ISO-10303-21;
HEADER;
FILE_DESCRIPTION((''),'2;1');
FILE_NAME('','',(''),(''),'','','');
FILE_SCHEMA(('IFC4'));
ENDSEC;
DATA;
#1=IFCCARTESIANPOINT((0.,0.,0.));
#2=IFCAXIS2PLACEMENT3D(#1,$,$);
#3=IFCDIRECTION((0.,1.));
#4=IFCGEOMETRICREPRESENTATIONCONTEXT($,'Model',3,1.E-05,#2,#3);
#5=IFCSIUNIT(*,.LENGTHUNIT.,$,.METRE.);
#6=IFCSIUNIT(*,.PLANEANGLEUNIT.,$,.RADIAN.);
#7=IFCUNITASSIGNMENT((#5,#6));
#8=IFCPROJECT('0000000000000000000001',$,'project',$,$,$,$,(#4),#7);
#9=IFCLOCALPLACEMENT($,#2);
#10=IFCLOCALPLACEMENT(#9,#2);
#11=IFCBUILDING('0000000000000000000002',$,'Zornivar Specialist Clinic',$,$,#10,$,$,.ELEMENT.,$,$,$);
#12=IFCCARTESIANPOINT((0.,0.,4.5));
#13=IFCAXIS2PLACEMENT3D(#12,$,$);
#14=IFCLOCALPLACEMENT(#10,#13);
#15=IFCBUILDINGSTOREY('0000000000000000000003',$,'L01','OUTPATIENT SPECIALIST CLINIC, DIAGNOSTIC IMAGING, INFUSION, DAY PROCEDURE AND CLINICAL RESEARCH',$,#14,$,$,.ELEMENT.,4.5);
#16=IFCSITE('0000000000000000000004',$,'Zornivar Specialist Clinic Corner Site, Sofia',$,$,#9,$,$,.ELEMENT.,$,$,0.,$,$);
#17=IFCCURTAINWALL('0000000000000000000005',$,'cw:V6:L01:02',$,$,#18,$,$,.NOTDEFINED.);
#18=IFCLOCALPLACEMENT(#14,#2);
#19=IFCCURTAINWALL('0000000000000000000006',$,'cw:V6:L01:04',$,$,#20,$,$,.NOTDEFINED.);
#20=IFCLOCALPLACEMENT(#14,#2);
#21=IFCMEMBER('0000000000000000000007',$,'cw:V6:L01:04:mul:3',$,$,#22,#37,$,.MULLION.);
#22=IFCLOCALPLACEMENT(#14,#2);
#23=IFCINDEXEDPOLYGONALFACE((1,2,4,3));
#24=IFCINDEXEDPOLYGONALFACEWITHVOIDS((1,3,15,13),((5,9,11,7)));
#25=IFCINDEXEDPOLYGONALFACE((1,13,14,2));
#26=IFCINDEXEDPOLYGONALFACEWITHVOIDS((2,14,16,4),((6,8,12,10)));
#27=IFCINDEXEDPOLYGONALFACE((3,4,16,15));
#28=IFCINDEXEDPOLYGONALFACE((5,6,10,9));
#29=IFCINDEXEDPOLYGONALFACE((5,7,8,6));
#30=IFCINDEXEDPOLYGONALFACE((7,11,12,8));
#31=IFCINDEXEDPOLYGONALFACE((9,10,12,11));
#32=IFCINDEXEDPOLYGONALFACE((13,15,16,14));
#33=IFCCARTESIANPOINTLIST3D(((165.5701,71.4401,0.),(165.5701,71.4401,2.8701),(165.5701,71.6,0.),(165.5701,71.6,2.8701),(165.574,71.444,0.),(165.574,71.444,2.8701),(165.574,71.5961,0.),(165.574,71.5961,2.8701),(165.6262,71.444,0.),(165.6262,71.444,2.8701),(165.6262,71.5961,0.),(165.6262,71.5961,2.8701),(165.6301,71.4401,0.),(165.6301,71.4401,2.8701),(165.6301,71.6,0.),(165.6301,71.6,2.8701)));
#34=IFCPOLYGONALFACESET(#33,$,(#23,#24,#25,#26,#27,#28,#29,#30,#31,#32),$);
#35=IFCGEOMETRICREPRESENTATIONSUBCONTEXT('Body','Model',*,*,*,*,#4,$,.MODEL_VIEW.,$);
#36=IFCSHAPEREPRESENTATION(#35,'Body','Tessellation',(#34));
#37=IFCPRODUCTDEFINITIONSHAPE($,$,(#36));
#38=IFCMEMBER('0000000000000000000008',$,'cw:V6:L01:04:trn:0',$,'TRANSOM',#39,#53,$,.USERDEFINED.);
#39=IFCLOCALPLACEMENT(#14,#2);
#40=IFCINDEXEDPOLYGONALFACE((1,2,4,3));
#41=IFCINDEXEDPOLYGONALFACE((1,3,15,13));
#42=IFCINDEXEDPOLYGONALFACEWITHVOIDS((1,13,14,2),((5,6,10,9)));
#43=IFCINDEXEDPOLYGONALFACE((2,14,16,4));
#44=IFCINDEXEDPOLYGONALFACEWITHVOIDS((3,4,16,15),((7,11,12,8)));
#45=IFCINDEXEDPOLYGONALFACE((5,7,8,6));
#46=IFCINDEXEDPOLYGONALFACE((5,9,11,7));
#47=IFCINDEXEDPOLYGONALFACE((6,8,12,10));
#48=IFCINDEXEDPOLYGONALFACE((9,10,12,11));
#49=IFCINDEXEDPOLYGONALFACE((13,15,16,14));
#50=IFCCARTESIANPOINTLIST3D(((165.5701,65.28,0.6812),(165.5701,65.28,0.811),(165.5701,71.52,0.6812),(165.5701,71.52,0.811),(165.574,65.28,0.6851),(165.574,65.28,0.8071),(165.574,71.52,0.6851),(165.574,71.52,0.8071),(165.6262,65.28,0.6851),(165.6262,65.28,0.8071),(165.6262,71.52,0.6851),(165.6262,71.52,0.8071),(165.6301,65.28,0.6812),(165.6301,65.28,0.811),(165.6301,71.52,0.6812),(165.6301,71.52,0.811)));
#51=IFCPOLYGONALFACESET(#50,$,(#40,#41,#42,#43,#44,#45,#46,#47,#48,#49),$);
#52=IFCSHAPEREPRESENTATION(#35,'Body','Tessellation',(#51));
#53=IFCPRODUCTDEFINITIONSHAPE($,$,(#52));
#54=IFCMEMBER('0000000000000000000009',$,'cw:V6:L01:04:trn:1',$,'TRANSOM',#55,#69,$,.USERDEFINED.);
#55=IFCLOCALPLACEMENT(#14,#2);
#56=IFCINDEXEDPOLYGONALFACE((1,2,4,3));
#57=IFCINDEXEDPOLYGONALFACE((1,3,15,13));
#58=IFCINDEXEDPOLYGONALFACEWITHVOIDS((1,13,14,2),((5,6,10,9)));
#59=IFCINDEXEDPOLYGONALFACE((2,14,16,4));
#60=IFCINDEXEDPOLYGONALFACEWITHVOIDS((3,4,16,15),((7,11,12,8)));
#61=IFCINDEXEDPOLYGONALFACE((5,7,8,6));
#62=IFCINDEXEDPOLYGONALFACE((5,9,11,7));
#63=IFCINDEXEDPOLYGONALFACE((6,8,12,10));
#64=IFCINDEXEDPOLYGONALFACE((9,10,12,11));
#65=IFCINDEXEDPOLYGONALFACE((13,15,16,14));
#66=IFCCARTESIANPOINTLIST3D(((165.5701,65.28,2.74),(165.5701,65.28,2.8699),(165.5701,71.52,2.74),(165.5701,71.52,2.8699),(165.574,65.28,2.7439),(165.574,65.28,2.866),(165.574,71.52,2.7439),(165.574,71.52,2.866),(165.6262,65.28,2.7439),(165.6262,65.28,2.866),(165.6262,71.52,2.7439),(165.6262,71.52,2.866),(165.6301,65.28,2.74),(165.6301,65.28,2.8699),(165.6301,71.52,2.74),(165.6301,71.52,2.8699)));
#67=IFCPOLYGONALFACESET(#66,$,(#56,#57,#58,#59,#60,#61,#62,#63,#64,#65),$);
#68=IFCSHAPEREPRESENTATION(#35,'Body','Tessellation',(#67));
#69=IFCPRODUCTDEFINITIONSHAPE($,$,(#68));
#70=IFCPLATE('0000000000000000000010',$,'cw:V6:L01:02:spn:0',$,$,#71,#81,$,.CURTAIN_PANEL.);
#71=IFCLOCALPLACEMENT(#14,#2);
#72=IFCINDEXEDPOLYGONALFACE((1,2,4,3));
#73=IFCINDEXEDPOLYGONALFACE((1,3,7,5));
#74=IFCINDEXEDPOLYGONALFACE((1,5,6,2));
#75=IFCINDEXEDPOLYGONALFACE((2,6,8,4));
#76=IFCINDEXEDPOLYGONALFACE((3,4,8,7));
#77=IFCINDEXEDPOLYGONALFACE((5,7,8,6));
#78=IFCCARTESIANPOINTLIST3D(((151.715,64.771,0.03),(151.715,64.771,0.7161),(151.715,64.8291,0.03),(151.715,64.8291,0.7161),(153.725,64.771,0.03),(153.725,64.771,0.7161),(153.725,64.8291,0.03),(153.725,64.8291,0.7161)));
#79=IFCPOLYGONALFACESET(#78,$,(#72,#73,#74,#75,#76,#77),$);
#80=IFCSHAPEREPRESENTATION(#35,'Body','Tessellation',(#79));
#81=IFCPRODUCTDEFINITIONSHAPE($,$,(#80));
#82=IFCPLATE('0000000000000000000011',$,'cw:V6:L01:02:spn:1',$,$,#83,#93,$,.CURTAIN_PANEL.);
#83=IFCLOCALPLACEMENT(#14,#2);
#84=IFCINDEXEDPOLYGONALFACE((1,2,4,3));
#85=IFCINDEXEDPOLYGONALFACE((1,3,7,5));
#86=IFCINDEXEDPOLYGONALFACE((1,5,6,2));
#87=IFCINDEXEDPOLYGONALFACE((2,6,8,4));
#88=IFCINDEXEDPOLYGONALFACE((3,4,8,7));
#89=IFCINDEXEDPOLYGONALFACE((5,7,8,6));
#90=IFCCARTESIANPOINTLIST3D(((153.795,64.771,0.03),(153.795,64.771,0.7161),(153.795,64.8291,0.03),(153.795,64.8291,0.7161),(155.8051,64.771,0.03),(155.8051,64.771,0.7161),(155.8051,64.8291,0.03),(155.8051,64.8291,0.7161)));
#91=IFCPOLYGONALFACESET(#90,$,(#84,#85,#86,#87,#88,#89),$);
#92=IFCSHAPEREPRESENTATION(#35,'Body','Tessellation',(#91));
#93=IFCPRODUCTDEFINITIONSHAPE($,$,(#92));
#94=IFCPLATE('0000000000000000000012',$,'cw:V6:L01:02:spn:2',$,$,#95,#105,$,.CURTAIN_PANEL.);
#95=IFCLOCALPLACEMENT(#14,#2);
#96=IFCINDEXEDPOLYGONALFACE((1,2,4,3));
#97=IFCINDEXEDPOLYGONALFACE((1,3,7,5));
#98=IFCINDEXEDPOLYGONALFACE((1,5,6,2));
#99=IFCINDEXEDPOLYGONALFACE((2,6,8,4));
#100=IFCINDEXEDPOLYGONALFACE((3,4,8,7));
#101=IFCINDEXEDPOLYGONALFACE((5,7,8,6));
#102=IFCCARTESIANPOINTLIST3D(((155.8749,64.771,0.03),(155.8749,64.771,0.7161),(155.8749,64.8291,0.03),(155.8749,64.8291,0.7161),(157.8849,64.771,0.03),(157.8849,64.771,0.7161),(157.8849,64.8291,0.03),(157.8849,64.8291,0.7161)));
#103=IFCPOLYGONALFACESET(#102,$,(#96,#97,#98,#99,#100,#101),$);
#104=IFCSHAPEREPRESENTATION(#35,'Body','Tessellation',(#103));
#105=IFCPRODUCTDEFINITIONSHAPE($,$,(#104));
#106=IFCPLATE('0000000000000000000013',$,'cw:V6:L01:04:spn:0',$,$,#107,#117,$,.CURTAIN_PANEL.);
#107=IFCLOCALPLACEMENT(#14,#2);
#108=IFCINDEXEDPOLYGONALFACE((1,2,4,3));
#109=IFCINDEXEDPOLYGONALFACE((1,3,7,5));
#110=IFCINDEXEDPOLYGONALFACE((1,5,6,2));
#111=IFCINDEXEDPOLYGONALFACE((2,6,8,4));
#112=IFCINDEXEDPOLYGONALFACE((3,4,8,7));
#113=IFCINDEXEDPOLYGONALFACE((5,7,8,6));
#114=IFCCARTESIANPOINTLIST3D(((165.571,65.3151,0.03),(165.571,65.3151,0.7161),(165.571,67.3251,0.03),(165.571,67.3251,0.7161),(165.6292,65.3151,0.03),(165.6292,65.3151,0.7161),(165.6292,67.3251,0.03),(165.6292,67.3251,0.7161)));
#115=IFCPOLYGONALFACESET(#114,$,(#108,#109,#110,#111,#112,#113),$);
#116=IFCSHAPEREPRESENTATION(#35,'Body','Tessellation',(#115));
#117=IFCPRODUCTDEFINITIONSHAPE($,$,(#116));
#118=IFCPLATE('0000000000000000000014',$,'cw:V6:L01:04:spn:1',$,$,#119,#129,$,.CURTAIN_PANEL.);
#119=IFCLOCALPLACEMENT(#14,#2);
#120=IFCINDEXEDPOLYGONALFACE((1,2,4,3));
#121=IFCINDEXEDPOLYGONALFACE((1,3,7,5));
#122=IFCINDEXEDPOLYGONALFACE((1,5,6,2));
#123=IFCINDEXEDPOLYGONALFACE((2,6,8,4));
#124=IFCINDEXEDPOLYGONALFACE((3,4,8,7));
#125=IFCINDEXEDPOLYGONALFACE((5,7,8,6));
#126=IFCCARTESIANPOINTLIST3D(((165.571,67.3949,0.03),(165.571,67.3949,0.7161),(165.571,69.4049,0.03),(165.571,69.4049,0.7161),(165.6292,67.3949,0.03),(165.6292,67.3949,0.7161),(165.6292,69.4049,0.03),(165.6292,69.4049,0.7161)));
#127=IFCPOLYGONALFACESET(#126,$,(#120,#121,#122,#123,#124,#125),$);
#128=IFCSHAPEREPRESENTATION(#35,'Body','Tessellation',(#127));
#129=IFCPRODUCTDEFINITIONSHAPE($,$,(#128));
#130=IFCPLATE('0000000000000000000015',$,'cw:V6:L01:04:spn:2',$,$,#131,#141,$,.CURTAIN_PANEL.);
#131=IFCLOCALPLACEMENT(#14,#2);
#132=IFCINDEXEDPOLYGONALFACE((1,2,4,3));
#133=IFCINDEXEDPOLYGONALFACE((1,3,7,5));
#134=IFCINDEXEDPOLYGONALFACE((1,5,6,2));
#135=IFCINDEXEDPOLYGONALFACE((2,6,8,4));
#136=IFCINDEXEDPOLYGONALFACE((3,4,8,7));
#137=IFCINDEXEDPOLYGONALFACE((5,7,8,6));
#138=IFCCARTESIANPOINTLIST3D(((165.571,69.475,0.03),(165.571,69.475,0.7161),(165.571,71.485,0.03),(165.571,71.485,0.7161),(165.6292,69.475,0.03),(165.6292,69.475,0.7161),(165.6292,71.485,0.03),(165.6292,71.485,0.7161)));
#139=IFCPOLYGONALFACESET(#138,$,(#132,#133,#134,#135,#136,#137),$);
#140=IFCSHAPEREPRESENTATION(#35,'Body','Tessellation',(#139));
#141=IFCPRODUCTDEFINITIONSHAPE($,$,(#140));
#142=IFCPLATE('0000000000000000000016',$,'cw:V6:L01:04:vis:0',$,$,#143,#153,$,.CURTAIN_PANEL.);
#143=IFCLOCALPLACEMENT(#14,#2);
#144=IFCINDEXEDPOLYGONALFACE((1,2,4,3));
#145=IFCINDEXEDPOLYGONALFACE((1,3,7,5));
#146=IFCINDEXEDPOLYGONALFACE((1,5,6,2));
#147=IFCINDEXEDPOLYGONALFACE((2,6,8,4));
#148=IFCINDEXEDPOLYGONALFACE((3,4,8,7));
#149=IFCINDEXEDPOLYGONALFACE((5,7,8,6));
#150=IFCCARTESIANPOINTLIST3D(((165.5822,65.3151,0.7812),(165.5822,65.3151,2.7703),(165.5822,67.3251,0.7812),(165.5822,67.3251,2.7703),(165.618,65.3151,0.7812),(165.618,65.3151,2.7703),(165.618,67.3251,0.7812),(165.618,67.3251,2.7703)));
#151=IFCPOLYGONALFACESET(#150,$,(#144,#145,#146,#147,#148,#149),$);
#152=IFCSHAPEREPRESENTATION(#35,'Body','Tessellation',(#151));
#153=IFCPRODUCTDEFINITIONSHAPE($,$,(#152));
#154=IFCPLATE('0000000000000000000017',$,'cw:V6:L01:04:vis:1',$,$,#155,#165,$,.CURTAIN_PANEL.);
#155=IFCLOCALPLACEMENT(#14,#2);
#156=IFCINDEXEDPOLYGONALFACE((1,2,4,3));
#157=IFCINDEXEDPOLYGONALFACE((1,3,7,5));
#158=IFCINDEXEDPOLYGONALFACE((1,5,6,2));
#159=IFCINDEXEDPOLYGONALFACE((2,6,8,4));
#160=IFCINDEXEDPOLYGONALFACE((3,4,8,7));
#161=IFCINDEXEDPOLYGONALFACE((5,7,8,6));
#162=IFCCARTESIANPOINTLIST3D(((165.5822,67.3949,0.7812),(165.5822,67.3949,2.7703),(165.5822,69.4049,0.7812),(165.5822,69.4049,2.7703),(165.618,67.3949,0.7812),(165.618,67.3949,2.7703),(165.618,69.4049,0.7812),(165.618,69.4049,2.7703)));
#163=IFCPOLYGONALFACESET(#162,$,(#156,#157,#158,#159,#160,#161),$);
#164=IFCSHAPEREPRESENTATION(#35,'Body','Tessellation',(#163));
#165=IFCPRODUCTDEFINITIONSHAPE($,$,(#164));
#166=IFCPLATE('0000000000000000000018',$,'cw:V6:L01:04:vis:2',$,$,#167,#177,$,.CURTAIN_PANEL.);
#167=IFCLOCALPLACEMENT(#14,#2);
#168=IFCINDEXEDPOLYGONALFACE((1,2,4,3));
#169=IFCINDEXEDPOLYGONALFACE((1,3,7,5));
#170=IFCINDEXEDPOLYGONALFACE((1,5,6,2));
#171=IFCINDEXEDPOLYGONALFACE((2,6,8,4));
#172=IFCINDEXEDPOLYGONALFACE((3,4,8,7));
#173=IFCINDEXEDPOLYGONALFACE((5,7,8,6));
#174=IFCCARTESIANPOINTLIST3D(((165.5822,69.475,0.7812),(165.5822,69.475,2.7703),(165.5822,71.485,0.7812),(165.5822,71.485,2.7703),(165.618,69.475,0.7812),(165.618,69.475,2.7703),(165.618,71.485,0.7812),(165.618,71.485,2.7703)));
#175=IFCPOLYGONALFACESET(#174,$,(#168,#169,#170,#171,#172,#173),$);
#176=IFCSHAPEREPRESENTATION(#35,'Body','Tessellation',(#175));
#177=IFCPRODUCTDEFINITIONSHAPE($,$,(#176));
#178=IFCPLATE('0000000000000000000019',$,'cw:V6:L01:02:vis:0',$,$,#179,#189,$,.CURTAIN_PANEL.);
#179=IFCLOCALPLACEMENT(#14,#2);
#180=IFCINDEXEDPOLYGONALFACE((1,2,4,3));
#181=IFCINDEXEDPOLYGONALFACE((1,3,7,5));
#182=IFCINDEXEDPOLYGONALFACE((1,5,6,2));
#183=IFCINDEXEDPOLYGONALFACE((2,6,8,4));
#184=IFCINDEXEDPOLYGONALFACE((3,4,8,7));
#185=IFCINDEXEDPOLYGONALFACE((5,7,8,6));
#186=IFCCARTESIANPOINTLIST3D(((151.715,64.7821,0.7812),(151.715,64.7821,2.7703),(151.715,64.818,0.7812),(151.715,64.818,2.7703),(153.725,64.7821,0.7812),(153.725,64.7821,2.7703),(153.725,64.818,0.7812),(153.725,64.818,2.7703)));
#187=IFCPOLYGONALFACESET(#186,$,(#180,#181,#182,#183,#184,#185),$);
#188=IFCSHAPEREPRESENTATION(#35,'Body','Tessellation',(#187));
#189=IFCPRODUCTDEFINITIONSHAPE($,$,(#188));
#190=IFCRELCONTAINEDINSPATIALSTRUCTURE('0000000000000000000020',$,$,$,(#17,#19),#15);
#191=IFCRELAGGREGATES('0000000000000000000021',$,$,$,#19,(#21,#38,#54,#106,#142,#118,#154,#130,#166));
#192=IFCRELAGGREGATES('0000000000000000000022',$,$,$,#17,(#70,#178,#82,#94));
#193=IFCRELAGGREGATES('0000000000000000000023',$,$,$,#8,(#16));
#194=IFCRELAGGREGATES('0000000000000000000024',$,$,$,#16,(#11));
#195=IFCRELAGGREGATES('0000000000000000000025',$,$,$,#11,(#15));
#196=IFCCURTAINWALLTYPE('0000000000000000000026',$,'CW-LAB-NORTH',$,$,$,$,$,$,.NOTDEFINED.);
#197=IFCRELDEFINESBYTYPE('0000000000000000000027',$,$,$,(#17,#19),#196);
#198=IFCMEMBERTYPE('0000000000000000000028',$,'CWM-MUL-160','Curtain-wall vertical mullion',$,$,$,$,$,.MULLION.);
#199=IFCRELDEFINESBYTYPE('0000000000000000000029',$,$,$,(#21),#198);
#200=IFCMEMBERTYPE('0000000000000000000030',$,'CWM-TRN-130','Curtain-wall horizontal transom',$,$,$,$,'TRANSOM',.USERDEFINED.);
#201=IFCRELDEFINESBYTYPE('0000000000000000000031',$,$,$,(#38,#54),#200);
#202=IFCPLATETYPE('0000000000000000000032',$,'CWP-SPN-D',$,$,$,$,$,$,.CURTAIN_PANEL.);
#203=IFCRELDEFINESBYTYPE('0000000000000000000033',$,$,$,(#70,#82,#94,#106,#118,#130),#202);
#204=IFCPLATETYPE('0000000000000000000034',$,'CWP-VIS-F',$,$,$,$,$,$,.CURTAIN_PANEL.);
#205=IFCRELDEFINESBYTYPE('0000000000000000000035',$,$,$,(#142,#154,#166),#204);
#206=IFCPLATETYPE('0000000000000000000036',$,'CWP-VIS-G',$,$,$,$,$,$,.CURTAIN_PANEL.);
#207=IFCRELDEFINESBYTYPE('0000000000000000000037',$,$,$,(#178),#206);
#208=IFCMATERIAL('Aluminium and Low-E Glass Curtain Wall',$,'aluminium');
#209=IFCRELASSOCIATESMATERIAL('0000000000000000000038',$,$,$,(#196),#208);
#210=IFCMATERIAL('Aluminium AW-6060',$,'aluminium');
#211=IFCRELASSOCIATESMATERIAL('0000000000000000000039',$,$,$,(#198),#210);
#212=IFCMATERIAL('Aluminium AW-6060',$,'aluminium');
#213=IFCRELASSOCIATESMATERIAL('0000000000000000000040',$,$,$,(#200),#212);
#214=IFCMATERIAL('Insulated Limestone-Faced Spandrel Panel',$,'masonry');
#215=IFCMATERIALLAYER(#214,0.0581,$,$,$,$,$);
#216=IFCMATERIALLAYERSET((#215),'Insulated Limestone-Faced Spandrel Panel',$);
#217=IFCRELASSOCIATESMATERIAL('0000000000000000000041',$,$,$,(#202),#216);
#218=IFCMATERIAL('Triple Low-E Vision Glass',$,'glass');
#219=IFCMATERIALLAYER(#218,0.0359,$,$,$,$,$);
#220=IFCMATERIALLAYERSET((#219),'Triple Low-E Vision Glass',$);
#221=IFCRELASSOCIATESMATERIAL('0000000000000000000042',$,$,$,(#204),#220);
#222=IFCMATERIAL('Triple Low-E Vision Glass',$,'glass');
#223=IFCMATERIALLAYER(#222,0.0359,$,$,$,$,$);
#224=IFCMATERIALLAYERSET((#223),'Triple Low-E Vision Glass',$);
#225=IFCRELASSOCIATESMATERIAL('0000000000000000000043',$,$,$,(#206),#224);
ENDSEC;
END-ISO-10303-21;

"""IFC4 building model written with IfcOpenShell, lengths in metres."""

from ifc_helpers import new_model, si_unit, direction, frame, origin, origin_2d, place, context, subcontext, project, spatial, rectangle, hollow_rectangle, extrude, material, layer, layer_set, material_profile, profile_set, type_object, element, aggregate, save


model = new_model("IFC4")

# Units and contexts
model_context = context("Model", 3, precision=1e-05, world=origin(), true_north=direction((0.0, 1.0)))
body_context = subcontext(model_context, "Body", "Model", "MODEL_VIEW")
ifc_project = project(units=[si_unit("LENGTHUNIT", "METRE"), si_unit("PLANEANGLEUNIT", "RADIAN")], contexts=[model_context])

# Site, building, storey
site_placement = place(None, origin())
site = spatial("IfcSite", under=ifc_project, at=site_placement, Name="Zornivar Specialist Clinic Corner Site, Sofia", CompositionType="ELEMENT", RefElevation=0.0)
building_placement = place(site_placement, origin())
building = spatial("IfcBuilding", under=site, at=building_placement, Name="Zornivar Specialist Clinic", CompositionType="ELEMENT")
storey_placement = place(building_placement, frame((0.0, 0.0, 4.5)))
storey = spatial("IfcBuildingStorey", under=building, at=storey_placement, Name="L01", Description="OUTPATIENT SPECIALIST CLINIC, DIAGNOSTIC IMAGING, INFUSION, DAY PROCEDURE AND CLINICAL RESEARCH", CompositionType="ELEMENT", Elevation=4.5)

# Curtain walls, members
ifc_material_1 = material(Name="Aluminium and Low-E Glass Curtain Wall", Category="aluminium")
curtain_wall_type = type_object("IfcCurtainWallType", Name="CW-LAB-NORTH", PredefinedType="NOTDEFINED", material=ifc_material_1)
curtain_wall_1_placement = place(storey_placement, origin())
curtain_wall_1 = element("IfcCurtainWall", 1, at=curtain_wall_1_placement, inside=storey, type_object=curtain_wall_type, Name="cw:V6:L01:02", PredefinedType="NOTDEFINED")
ifc_material_2 = material(Name="Aluminium AW-6060", Category="aluminium")
ifc_material_profile_1 = material_profile(ifc_material_2, hollow_rectangle(XDim=0.0601, YDim=0.1599, WallThickness=0.0039, at=origin_2d()), Name="ALU 60x160x4")
ifc_profile_set_1 = profile_set([ifc_material_profile_1], Name="Aluminium AW-6060")
member_type_1 = type_object("IfcMemberType", Name="CWM-MUL-160", Description="Curtain-wall vertical mullion", PredefinedType="MULLION", material=ifc_profile_set_1)
curtain_wall_2_placement = place(storey_placement, origin())
curtain_wall_2 = element("IfcCurtainWall", 2, at=curtain_wall_2_placement, inside=storey, type_object=curtain_wall_type, Name="cw:V6:L01:04", PredefinedType="NOTDEFINED")
member_1_placement = place(storey_placement, frame((165.6001, 71.52, 0.0), z_axis=(0.0, 0.0, 1.0), x_axis=(1.0, 0.0, 0.0)))
member_1 = element("IfcMember", 3, at=member_1_placement, type_object=member_type_1, Name="cw:V6:L01:04:mul:3", PredefinedType="MULLION", context=body_context, shape_type="SweptSolid", body=[
    extrude(hollow_rectangle(XDim=0.0601, YDim=0.1599, WallThickness=0.0039, at=origin_2d()), origin(), (0.0, 0.0, 1.0), 2.8701),
])
ifc_material_3 = material(Name="Aluminium AW-6060", Category="aluminium")
ifc_material_profile_2 = material_profile(ifc_material_3, hollow_rectangle(XDim=0.0601, YDim=0.1299, WallThickness=0.0039, at=origin_2d()), Name="ALU 60x130x4")
ifc_profile_set_2 = profile_set([ifc_material_profile_2], Name="Aluminium AW-6060")
member_type_2 = type_object("IfcMemberType", Name="CWM-TRN-130", Description="Curtain-wall horizontal transom", ElementType="TRANSOM", PredefinedType="USERDEFINED", material=ifc_profile_set_2)
member_2_placement = place(storey_placement, frame((165.6001, 65.28, 0.7461), z_axis=(0.0, 1.0, 0.0), x_axis=(-1.0, 0.0, 0.0)))
member_2 = element("IfcMember", 4, at=member_2_placement, type_object=member_type_2, Name="cw:V6:L01:04:trn:0", ObjectType="TRANSOM", PredefinedType="USERDEFINED", context=body_context, shape_type="SweptSolid", body=[
    extrude(hollow_rectangle(XDim=0.0601, YDim=0.1299, WallThickness=0.0039, at=origin_2d()), origin(), (0.0, 0.0, 1.0), 6.24),
])
member_3_placement = place(storey_placement, frame((165.6001, 65.28, 2.8049), z_axis=(0.0, 1.0, 0.0), x_axis=(-1.0, 0.0, 0.0)))
member_3 = element("IfcMember", 5, at=member_3_placement, type_object=member_type_2, Name="cw:V6:L01:04:trn:1", ObjectType="TRANSOM", PredefinedType="USERDEFINED", context=body_context, shape_type="SweptSolid", body=[
    extrude(hollow_rectangle(XDim=0.0601, YDim=0.1299, WallThickness=0.0039, at=origin_2d()), origin(), (0.0, 0.0, 1.0), 6.24),
])

# Plates
ifc_material_4 = material(Name="Insulated Limestone-Faced Spandrel Panel", Category="masonry")
ifc_layer_1 = layer(ifc_material_4, 0.0581)
ifc_layer_set_1 = layer_set([ifc_layer_1], Name="Insulated Limestone-Faced Spandrel Panel")
plate_type_1 = type_object("IfcPlateType", Name="CWP-SPN-D", PredefinedType="CURTAIN_PANEL", material=ifc_layer_set_1)
plate_1_placement = place(storey_placement, frame((152.72, 64.8, 0.03), z_axis=(0.0, 0.0, 1.0), x_axis=(1.0, 0.0, 0.0)))
plate_1 = element("IfcPlate", 6, at=plate_1_placement, type_object=plate_type_1, Name="cw:V6:L01:02:spn:0", PredefinedType="CURTAIN_PANEL", context=body_context, shape_type="SweptSolid", body=[
    extrude(rectangle(XDim=2.01, YDim=0.0581, at=origin_2d()), origin(), (0.0, 0.0, 1.0), 0.686),
])
plate_2_placement = place(storey_placement, frame((154.8, 64.8, 0.03), z_axis=(0.0, 0.0, 1.0), x_axis=(1.0, 0.0, 0.0)))
plate_2 = element("IfcPlate", 7, at=plate_2_placement, type_object=plate_type_1, Name="cw:V6:L01:02:spn:1", PredefinedType="CURTAIN_PANEL", context=body_context, shape_type="SweptSolid", body=[
    extrude(rectangle(XDim=2.01, YDim=0.0581, at=origin_2d()), origin(), (0.0, 0.0, 1.0), 0.686),
])
plate_3_placement = place(storey_placement, frame((156.8799, 64.8, 0.03), z_axis=(0.0, 0.0, 1.0), x_axis=(1.0, 0.0, 0.0)))
plate_3 = element("IfcPlate", 8, at=plate_3_placement, type_object=plate_type_1, Name="cw:V6:L01:02:spn:2", PredefinedType="CURTAIN_PANEL", context=body_context, shape_type="SweptSolid", body=[
    extrude(rectangle(XDim=2.01, YDim=0.0581, at=origin_2d()), origin(), (0.0, 0.0, 1.0), 0.686),
])
plate_4_placement = place(storey_placement, frame((165.6001, 66.3201, 0.03), z_axis=(0.0, 0.0, 1.0), x_axis=(0.0, 1.0, 0.0)))
plate_4 = element("IfcPlate", 9, at=plate_4_placement, type_object=plate_type_1, Name="cw:V6:L01:04:spn:0", PredefinedType="CURTAIN_PANEL", context=body_context, shape_type="SweptSolid", body=[
    extrude(rectangle(XDim=2.01, YDim=0.0581, at=origin_2d()), origin(), (0.0, 0.0, 1.0), 0.686),
])
plate_5_placement = place(storey_placement, frame((165.6001, 68.3999, 0.03), z_axis=(0.0, 0.0, 1.0), x_axis=(0.0, 1.0, 0.0)))
plate_5 = element("IfcPlate", 10, at=plate_5_placement, type_object=plate_type_1, Name="cw:V6:L01:04:spn:1", PredefinedType="CURTAIN_PANEL", context=body_context, shape_type="SweptSolid", body=[
    extrude(rectangle(XDim=2.01, YDim=0.0581, at=origin_2d()), origin(), (0.0, 0.0, 1.0), 0.686),
])
plate_6_placement = place(storey_placement, frame((165.6001, 70.48, 0.03), z_axis=(0.0, 0.0, 1.0), x_axis=(0.0, 1.0, 0.0)))
plate_6 = element("IfcPlate", 11, at=plate_6_placement, type_object=plate_type_1, Name="cw:V6:L01:04:spn:2", PredefinedType="CURTAIN_PANEL", context=body_context, shape_type="SweptSolid", body=[
    extrude(rectangle(XDim=2.01, YDim=0.0581, at=origin_2d()), origin(), (0.0, 0.0, 1.0), 0.686),
])
ifc_material_5 = material(Name="Triple Low-E Vision Glass", Category="glass")
ifc_layer_2 = layer(ifc_material_5, 0.0359)
ifc_layer_set_2 = layer_set([ifc_layer_2], Name="Triple Low-E Vision Glass")
plate_type_2 = type_object("IfcPlateType", Name="CWP-VIS-F", PredefinedType="CURTAIN_PANEL", material=ifc_layer_set_2)
plate_7_placement = place(storey_placement, frame((165.6001, 66.3201, 0.7812), z_axis=(0.0, 0.0, 1.0), x_axis=(0.0, 1.0, 0.0)))
plate_7 = element("IfcPlate", 12, at=plate_7_placement, type_object=plate_type_2, Name="cw:V6:L01:04:vis:0", PredefinedType="CURTAIN_PANEL", context=body_context, shape_type="SweptSolid", body=[
    extrude(rectangle(XDim=2.01, YDim=0.0359, at=origin_2d()), origin(), (0.0, 0.0, 1.0), 1.989),
])
plate_8_placement = place(storey_placement, frame((165.6001, 68.3999, 0.7812), z_axis=(0.0, 0.0, 1.0), x_axis=(0.0, 1.0, 0.0)))
plate_8 = element("IfcPlate", 13, at=plate_8_placement, type_object=plate_type_2, Name="cw:V6:L01:04:vis:1", PredefinedType="CURTAIN_PANEL", context=body_context, shape_type="SweptSolid", body=[
    extrude(rectangle(XDim=2.01, YDim=0.0359, at=origin_2d()), origin(), (0.0, 0.0, 1.0), 1.989),
])
plate_9_placement = place(storey_placement, frame((165.6001, 70.48, 0.7812), z_axis=(0.0, 0.0, 1.0), x_axis=(0.0, 1.0, 0.0)))
plate_9 = element("IfcPlate", 14, at=plate_9_placement, type_object=plate_type_2, Name="cw:V6:L01:04:vis:2", PredefinedType="CURTAIN_PANEL", context=body_context, shape_type="SweptSolid", body=[
    extrude(rectangle(XDim=2.01, YDim=0.0359, at=origin_2d()), origin(), (0.0, 0.0, 1.0), 1.989),
])
aggregate(curtain_wall_2, [member_1, member_2, member_3, plate_4, plate_7, plate_5, plate_8, plate_6, plate_9])
ifc_material_6 = material(Name="Triple Low-E Vision Glass", Category="glass")
ifc_layer_3 = layer(ifc_material_6, 0.0359)
ifc_layer_set_3 = layer_set([ifc_layer_3], Name="Triple Low-E Vision Glass")
plate_type_3 = type_object("IfcPlateType", Name="CWP-VIS-G", PredefinedType="CURTAIN_PANEL", material=ifc_layer_set_3)
plate_10_placement = place(storey_placement, frame((152.72, 64.8, 0.7812), z_axis=(0.0, 0.0, 1.0), x_axis=(1.0, 0.0, 0.0)))
plate_10 = element("IfcPlate", 15, at=plate_10_placement, type_object=plate_type_3, Name="cw:V6:L01:02:vis:0", PredefinedType="CURTAIN_PANEL", context=body_context, shape_type="SweptSolid", body=[
    extrude(rectangle(XDim=2.01, YDim=0.0359, at=origin_2d()), origin(), (0.0, 0.0, 1.0), 1.989),
])
aggregate(curtain_wall_1, [plate_1, plate_10, plate_2, plate_3])

save(model, "model.ifc")
